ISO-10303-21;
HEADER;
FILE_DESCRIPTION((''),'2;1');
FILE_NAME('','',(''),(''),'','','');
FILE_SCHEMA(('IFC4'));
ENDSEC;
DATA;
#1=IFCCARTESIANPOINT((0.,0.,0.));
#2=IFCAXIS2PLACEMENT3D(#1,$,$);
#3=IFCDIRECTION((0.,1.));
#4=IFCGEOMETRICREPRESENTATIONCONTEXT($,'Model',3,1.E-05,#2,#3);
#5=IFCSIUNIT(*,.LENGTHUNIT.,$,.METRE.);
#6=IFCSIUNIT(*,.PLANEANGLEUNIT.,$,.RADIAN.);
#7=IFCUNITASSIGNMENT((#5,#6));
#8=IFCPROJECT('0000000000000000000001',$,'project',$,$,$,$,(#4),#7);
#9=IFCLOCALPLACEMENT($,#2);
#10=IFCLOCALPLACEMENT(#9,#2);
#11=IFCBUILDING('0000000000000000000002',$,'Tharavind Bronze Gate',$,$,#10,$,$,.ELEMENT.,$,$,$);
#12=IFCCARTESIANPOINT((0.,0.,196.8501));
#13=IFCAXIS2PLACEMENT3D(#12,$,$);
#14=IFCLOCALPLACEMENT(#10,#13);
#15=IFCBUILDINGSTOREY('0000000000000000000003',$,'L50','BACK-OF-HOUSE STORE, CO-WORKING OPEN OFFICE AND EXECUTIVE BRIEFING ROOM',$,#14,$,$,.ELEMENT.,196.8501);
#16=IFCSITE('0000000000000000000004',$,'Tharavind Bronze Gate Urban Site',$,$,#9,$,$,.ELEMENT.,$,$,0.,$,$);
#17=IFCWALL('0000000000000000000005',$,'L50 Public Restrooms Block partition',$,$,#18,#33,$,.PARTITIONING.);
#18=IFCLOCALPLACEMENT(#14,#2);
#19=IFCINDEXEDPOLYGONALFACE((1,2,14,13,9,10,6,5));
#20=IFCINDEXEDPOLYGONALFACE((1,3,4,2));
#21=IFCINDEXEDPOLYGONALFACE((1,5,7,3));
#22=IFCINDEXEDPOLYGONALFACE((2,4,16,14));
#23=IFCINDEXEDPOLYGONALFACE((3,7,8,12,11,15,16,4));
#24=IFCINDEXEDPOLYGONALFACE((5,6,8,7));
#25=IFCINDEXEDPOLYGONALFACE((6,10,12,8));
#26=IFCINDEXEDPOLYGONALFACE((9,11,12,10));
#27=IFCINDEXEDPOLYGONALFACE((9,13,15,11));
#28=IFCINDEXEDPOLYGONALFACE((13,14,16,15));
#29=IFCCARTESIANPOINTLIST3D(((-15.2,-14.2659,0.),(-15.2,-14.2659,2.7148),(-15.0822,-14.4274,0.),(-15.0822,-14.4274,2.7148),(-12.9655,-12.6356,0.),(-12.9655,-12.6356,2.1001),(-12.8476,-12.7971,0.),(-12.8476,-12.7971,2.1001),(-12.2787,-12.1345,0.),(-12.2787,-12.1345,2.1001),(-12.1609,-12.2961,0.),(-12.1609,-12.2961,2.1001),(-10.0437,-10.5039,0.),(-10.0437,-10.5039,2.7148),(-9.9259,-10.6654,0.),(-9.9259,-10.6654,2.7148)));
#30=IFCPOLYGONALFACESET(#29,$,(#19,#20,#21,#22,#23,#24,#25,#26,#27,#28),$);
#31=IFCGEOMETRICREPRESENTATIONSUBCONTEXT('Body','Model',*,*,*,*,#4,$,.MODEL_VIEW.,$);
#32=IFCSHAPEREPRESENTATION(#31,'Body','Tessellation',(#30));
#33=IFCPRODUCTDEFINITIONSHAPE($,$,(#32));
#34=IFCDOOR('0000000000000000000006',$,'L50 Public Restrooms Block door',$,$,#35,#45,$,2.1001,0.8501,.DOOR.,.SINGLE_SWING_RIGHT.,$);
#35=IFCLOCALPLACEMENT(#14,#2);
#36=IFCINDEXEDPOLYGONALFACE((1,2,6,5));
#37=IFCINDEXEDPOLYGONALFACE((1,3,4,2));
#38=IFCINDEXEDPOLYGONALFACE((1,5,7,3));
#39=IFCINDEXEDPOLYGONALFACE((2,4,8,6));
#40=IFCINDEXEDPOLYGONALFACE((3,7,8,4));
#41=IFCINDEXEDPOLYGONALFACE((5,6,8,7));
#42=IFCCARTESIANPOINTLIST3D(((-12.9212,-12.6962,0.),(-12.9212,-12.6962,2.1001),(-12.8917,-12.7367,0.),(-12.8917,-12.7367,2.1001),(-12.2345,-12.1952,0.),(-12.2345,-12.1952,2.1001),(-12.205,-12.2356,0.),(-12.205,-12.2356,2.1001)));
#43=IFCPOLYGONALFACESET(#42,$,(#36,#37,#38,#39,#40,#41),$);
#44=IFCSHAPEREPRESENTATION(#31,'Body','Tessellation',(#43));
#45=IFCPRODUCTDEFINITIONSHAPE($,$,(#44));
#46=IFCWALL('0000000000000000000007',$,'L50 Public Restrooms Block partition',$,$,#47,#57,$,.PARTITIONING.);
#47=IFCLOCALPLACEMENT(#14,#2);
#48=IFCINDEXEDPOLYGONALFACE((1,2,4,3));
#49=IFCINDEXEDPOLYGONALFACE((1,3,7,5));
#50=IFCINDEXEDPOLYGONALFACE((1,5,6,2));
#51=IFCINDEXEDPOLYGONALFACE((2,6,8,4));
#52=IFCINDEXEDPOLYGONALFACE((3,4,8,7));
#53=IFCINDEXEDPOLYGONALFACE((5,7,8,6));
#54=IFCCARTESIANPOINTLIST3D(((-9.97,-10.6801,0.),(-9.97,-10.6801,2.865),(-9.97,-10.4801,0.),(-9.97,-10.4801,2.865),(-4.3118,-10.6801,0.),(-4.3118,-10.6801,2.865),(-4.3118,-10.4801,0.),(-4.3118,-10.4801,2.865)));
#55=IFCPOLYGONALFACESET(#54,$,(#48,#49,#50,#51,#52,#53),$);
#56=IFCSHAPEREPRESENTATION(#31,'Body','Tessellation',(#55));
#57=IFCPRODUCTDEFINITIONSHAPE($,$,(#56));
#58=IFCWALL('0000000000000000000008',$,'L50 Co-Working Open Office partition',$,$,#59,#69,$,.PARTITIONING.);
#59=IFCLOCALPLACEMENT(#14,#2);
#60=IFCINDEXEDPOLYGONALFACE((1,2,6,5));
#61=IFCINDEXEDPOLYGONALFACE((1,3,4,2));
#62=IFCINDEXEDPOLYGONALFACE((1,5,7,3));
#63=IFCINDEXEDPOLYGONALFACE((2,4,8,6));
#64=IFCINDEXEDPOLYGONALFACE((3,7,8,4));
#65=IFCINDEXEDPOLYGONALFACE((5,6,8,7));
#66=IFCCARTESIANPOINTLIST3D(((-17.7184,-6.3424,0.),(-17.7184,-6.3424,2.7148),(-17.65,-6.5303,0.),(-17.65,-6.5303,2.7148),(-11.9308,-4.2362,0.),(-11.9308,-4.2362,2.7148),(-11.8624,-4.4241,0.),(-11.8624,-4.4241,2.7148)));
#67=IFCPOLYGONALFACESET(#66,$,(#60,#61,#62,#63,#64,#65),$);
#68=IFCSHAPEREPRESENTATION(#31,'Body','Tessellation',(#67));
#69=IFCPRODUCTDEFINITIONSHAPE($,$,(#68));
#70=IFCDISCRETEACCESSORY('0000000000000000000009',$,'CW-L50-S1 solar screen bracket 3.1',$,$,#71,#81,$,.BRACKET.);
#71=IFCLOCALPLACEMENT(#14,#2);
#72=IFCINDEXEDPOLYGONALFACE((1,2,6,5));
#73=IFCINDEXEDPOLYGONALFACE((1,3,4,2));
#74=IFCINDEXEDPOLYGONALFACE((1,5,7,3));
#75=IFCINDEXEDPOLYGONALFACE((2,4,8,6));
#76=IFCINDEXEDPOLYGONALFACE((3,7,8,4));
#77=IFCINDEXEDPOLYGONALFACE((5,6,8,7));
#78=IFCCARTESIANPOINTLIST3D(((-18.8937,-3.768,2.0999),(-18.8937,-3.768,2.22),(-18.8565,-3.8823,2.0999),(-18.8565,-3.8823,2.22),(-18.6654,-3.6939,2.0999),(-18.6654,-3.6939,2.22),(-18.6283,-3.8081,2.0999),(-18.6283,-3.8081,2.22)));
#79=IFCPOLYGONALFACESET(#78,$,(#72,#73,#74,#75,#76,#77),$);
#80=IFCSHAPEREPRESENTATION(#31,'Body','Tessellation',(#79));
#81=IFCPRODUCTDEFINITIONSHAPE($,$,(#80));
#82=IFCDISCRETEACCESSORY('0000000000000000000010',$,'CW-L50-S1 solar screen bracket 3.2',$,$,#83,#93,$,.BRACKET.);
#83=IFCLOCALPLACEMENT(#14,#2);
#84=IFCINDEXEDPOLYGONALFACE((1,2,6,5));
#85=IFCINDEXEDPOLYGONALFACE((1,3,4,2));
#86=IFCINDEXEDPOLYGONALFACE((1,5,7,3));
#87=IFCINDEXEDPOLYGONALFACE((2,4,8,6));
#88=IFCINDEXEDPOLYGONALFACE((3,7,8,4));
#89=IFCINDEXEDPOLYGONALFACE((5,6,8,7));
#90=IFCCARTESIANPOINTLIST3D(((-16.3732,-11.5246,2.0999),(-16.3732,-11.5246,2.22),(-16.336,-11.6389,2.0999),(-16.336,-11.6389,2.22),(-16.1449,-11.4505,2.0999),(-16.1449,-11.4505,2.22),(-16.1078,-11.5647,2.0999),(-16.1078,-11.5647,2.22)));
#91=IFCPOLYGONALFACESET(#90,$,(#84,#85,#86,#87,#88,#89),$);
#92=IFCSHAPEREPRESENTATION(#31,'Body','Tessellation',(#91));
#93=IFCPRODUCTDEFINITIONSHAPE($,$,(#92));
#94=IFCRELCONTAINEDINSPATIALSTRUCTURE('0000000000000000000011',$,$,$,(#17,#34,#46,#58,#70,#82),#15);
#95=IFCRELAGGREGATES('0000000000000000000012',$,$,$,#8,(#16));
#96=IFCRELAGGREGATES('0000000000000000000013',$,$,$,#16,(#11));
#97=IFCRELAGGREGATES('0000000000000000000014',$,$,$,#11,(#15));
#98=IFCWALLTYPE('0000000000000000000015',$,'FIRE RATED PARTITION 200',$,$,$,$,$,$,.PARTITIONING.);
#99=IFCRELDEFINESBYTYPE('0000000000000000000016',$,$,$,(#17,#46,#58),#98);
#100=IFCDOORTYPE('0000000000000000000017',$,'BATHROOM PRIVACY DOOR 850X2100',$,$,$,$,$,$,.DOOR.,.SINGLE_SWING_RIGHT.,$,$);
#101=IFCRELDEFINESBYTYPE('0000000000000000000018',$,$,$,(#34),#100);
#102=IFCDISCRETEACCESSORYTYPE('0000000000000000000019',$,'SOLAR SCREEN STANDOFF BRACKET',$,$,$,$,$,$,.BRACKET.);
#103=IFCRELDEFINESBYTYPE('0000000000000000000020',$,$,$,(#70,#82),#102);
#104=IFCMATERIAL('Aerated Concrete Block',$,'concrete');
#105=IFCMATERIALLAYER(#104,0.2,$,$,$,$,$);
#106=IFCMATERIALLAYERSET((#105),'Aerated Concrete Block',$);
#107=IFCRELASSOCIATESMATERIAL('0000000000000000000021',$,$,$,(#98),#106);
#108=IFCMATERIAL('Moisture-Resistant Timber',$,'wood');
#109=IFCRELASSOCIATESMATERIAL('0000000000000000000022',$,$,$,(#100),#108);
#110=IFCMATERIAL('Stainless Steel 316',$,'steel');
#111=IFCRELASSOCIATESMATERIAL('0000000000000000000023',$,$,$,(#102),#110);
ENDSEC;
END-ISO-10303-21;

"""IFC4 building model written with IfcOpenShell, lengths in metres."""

from ifc_helpers import new_model, si_unit, direction, frame, frame_2d, origin, origin_2d, place, context, subcontext, project, spatial, rectangle, extrude, material, layer, layer_set, type_object, element, fill, save


model = new_model("IFC4")

# Units and contexts
model_context = context("Model", 3, precision=1e-05, world=origin(), true_north=direction((0.0, 1.0)))
body_context = subcontext(model_context, "Body", "Model", "MODEL_VIEW")
ifc_project = project(units=[si_unit("LENGTHUNIT", "METRE"), si_unit("PLANEANGLEUNIT", "RADIAN")], contexts=[model_context])

# Site, building, storey
site_placement = place(None, origin())
site = spatial("IfcSite", under=ifc_project, at=site_placement, Name="Tharavind Bronze Gate Urban Site", CompositionType="ELEMENT", RefElevation=0.0)
building_placement = place(site_placement, origin())
building = spatial("IfcBuilding", under=site, at=building_placement, Name="Tharavind Bronze Gate", CompositionType="ELEMENT")
storey_placement = place(building_placement, frame((0.0, 0.0, 196.8501)))
storey = spatial("IfcBuildingStorey", under=building, at=storey_placement, Name="L50", Description="BACK-OF-HOUSE STORE, CO-WORKING OPEN OFFICE AND EXECUTIVE BRIEFING ROOM", CompositionType="ELEMENT", Elevation=196.8501)

# Shared definitions
ifc_material_1 = material(Name="Aerated Concrete Block", Category="concrete")
ifc_layer_1 = layer(ifc_material_1, 0.2)
ifc_layer_set_1 = layer_set([ifc_layer_1], Name="Aerated Concrete Block")
wall_type = type_object("IfcWallType", Name="FIRE RATED PARTITION 200", PredefinedType="PARTITIONING", material=ifc_layer_set_1)

# Wall, opening, door
wall_1_placement = place(storey_placement, frame((-15.1411, -14.3467, 0.0), z_axis=(0.0, 0.0, 1.0), x_axis=(0.807844, 0.589397, 0.0)))
wall_1 = element("IfcWall", 1, at=wall_1_placement, inside=storey, type_object=wall_type, Name="L50 Public Restrooms Block partition", PredefinedType="PARTITIONING", context=body_context, shape_type="SweptSolid", body=[
    extrude(rectangle(XDim=6.3828, YDim=0.2, at=frame_2d((3.1914, 0.0))), origin(), (0.0, 0.0, 1.0), 2.7148),
])
opening_1_placement = place(wall_1_placement, frame((2.7661, 0.0, 0.0)))
opening_1 = element("IfcOpeningElement", 2, at=opening_1_placement, cuts=wall_1, PredefinedType="OPENING", context=body_context, shape_type="SweptSolid", body=[
    extrude(rectangle(XDim=0.8501, YDim=2.1001, at=frame_2d((0.425, 1.05))), frame((0.0, 0.1101, 0.0), z_axis=(0.0, -1.0, 0.0), x_axis=(1.0, 0.0, 0.0)), (0.0, 0.0, 1.0), 0.22),
])
ifc_material_2 = material(Name="Moisture-Resistant Timber", Category="wood")
door_type_1 = type_object("IfcDoorType", Name="BATHROOM PRIVACY DOOR 850X2100", OperationType="SINGLE_SWING_RIGHT", PredefinedType="DOOR", material=ifc_material_2)
door_1_placement = place(opening_1_placement, origin())
door_1 = element("IfcDoor", 3, at=door_1_placement, inside=storey, type_object=door_type_1, Name="L50 Public Restrooms Block door", OperationType="SINGLE_SWING_RIGHT", OverallHeight=2.1001, OverallWidth=0.8501, PredefinedType="DOOR", context=body_context, shape_type="SweptSolid", body=[
    extrude(rectangle(XDim=0.8501, YDim=2.1001, at=frame_2d((0.425, 1.05))), frame((0.0, 0.0249, 0.0), z_axis=(0.0, -1.0, 0.0), x_axis=(1.0, 0.0, 0.0)), (0.0, 0.0, 1.0), 0.05),
])
fill(opening_1, door_1)

# Walls
wall_2_placement = place(storey_placement, frame((-9.97, -10.5801, 0.0), z_axis=(0.0, 0.0, 1.0), x_axis=(1.0, 0.0, 0.0)))
element("IfcWall", 4, at=wall_2_placement, inside=storey, type_object=wall_type, Name="L50 Public Restrooms Block partition", PredefinedType="PARTITIONING", context=body_context, shape_type="SweptSolid", body=[
    extrude(rectangle(XDim=5.6582, YDim=0.2, at=frame_2d((2.8291, 0.0))), origin(), (0.0, 0.0, 1.0), 2.865),
])
wall_3_placement = place(storey_placement, frame((-11.8965, -4.3301, 0.0), z_axis=(0.0, 0.0, 1.0), x_axis=(-0.939709, -0.341975, 0.0)))
element("IfcWall", 5, at=wall_3_placement, inside=storey, type_object=wall_type, Name="L50 Co-Working Open Office partition", PredefinedType="PARTITIONING", context=body_context, shape_type="SweptSolid", body=[
    extrude(rectangle(XDim=6.1589, YDim=0.2, at=frame_2d((3.0796, 0.0))), origin(), (0.0, 0.0, 1.0), 2.7148),
])

# Discrete accessories
ifc_material_3 = material(Name="Stainless Steel 316", Category="steel")
discrete_accessory_type = type_object("IfcDiscreteAccessoryType", Name="SOLAR SCREEN STANDOFF BRACKET", PredefinedType="BRACKET", material=ifc_material_3)
for number, where, z_axis, x_axis, name in (
    (6, (-18.761, -3.7881, 2.0999), (0.0, 0.0, 1.0), (0.309017, -0.951057, 0.0), "CW-L50-S1 solar screen bracket 3.1"),
    (7, (-16.2405, -11.5447, 2.0999), (0.0, 0.0, 1.0), (0.309017, -0.951057, 0.0), "CW-L50-S1 solar screen bracket 3.2"),
):
    element("IfcDiscreteAccessory", number, at=place(storey_placement, frame(where, z_axis=z_axis, x_axis=x_axis)), inside=storey, type_object=discrete_accessory_type, Name=name, PredefinedType="BRACKET", context=body_context, shape_type="SweptSolid", body=[
        extrude(rectangle(XDim=0.1201, YDim=0.24, at=origin_2d()), origin(), (0.0, 0.0, 1.0), 0.1201),
    ])

save(model, "model.ifc")
